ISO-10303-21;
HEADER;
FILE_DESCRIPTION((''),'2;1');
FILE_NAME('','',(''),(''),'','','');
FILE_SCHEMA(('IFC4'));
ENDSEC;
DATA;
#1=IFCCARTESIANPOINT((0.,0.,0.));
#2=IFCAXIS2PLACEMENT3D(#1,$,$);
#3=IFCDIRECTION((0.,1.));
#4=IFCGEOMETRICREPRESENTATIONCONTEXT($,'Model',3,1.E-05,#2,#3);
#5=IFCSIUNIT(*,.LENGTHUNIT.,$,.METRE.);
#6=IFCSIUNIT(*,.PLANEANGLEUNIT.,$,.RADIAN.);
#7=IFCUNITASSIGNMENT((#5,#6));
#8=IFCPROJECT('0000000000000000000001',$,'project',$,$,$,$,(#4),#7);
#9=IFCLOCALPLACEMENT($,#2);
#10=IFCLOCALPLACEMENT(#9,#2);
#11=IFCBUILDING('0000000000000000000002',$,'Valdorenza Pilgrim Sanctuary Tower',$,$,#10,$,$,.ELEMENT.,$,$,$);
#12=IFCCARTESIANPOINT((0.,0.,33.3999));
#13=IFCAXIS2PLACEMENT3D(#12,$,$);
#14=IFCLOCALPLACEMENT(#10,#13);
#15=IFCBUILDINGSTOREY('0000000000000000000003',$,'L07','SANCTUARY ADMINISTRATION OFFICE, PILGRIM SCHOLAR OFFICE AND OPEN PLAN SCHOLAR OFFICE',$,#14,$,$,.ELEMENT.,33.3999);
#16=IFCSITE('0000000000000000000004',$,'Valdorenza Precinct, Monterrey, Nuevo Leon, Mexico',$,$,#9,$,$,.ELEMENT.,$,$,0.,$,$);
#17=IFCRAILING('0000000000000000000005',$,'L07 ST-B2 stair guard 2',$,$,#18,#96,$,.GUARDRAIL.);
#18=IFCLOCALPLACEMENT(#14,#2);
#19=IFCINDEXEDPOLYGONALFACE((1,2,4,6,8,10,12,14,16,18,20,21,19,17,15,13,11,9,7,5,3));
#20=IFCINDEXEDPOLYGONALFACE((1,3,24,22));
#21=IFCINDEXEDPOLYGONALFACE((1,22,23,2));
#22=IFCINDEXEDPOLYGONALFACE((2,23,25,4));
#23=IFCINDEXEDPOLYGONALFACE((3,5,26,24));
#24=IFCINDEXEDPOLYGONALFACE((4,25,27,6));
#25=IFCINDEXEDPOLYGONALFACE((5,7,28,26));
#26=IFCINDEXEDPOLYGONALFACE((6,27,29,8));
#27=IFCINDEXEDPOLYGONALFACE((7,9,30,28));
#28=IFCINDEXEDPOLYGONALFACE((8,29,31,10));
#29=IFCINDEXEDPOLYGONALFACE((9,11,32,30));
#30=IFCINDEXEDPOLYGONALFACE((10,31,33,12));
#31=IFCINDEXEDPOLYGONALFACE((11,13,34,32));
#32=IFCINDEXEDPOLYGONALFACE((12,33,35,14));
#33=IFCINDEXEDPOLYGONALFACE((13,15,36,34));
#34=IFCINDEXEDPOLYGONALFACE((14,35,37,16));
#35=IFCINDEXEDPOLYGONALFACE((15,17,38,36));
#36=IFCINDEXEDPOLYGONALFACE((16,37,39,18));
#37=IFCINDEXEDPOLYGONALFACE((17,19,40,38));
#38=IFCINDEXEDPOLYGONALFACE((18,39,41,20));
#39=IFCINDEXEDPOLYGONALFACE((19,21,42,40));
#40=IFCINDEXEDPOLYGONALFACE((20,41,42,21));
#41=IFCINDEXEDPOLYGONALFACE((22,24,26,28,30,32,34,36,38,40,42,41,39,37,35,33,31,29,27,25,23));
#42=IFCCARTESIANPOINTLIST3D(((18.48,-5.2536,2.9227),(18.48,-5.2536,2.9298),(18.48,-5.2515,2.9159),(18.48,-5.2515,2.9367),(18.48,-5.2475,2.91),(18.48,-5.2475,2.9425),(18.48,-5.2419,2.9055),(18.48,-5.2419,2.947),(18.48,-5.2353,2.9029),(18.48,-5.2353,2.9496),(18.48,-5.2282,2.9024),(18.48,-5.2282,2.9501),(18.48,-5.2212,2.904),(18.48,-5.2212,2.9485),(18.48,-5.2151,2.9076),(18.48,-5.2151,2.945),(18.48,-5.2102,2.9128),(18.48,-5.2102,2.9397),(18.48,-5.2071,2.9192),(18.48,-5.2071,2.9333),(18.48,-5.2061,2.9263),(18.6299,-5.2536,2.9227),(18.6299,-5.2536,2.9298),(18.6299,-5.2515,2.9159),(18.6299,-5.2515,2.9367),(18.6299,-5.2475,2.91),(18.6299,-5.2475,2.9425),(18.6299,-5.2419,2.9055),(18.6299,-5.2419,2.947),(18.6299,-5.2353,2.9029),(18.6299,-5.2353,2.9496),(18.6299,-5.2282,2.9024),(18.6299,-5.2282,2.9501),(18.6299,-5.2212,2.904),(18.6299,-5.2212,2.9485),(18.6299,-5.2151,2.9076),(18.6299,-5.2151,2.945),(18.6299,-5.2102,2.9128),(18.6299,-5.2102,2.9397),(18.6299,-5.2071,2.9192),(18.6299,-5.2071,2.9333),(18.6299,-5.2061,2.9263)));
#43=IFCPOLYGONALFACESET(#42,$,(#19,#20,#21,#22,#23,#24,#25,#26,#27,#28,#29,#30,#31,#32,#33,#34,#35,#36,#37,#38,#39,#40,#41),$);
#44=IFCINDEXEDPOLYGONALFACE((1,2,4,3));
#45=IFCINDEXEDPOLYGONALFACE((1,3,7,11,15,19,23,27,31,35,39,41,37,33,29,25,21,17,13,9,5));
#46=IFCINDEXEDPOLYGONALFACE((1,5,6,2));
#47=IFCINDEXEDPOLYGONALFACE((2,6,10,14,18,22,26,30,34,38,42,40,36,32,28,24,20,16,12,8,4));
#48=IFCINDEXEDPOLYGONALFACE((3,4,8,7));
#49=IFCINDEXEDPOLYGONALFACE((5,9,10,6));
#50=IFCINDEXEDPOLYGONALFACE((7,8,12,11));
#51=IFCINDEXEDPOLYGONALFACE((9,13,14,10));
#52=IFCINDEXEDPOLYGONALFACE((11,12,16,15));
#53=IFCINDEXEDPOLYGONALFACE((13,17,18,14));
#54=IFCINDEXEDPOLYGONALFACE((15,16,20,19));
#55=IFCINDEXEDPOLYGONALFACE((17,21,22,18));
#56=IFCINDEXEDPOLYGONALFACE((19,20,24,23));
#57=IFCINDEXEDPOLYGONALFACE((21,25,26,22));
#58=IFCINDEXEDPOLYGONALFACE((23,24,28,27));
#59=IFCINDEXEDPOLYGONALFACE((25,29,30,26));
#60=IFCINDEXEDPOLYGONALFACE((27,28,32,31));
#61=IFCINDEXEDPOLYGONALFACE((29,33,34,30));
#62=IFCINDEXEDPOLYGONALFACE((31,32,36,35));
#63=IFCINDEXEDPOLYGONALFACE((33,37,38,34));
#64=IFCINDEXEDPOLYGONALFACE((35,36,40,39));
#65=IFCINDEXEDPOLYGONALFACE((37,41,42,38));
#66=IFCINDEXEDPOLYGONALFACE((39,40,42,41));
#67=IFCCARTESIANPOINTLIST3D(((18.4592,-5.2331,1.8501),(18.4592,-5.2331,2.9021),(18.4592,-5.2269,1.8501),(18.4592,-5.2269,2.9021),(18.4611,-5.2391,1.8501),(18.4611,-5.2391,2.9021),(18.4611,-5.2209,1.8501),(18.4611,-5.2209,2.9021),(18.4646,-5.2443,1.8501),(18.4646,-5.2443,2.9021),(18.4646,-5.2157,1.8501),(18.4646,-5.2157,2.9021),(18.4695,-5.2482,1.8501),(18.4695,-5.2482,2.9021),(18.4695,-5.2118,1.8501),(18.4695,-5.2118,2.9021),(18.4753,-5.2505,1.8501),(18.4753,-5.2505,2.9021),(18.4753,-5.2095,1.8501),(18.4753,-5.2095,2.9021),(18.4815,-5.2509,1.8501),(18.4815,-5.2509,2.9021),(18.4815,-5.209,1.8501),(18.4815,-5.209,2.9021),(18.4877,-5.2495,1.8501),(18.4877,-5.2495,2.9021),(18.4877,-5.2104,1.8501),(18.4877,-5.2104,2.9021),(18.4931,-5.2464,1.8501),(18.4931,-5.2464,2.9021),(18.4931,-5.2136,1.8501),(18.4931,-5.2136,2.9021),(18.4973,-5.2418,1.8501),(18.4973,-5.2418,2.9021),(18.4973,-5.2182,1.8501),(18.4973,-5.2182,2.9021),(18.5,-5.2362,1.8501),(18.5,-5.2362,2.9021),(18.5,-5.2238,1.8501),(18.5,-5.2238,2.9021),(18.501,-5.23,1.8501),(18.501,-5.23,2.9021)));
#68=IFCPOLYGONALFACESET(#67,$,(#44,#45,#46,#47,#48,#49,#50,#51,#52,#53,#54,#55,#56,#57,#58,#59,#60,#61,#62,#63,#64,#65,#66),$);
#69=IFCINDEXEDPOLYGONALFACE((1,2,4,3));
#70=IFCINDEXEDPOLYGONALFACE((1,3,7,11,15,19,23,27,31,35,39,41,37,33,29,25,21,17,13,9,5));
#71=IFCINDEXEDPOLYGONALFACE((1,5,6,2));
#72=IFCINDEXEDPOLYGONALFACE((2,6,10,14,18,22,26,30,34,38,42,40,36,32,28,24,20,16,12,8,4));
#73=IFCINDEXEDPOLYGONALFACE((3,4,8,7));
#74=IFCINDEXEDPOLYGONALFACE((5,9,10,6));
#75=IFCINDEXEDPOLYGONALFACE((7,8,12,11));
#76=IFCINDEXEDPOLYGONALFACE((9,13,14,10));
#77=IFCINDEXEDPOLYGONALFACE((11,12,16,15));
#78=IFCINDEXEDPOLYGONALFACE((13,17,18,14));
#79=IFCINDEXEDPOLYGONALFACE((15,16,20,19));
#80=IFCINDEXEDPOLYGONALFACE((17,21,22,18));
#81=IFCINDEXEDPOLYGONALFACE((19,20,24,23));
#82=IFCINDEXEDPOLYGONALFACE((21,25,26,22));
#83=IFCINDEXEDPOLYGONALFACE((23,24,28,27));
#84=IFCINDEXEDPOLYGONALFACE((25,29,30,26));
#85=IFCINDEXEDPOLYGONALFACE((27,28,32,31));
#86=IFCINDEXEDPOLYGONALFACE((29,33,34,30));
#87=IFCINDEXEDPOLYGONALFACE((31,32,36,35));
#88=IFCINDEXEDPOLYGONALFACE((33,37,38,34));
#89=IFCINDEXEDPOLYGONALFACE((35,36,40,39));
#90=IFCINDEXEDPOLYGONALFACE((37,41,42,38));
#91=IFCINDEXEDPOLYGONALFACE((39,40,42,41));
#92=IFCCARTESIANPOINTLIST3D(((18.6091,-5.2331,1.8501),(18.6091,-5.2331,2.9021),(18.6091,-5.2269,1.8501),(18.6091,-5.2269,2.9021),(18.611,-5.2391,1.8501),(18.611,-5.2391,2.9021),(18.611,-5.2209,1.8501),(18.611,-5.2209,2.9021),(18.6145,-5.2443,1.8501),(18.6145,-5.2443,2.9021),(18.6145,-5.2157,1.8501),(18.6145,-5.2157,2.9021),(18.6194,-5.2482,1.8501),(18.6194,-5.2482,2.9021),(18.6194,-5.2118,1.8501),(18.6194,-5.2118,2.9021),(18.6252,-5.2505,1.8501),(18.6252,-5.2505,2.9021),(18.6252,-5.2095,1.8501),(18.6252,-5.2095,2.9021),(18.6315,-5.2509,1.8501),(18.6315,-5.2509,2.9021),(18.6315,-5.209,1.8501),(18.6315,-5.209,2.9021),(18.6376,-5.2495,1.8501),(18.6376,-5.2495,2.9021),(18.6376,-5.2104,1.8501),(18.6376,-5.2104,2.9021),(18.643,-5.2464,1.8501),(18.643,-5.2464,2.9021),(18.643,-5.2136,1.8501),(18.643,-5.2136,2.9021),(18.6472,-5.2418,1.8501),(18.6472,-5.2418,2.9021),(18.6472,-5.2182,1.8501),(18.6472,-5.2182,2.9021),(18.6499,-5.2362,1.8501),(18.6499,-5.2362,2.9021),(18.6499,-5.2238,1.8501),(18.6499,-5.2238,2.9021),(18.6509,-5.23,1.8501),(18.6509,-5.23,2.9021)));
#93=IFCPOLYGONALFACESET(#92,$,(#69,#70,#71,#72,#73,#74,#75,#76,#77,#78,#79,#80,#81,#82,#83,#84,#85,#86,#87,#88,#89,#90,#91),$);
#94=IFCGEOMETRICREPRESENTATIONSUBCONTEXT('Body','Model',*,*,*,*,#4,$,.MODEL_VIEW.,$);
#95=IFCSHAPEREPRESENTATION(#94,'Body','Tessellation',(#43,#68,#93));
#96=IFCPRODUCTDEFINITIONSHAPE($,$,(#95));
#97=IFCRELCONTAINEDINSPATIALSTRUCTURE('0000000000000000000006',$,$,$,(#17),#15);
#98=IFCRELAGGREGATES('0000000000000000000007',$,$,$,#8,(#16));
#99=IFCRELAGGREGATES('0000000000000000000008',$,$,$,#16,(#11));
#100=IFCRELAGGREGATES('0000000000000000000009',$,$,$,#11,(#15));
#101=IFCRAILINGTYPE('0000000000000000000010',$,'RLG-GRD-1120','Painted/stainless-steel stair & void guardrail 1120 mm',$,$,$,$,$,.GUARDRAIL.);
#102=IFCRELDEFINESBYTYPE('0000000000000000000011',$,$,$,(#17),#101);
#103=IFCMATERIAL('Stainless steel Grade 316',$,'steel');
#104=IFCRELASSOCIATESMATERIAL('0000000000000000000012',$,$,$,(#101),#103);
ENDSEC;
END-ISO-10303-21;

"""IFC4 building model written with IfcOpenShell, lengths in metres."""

from ifc_helpers import new_model, si_unit, direction, frame, origin, origin_2d, place, context, subcontext, project, spatial, circle, extrude, material, type_object, element, save


model = new_model("IFC4")

# Units and contexts
model_context = context("Model", 3, precision=1e-05, world=origin(), true_north=direction((0.0, 1.0)))
body_context = subcontext(model_context, "Body", "Model", "MODEL_VIEW")
ifc_project = project(units=[si_unit("LENGTHUNIT", "METRE"), si_unit("PLANEANGLEUNIT", "RADIAN")], contexts=[model_context])

# Site, building, storey
site_placement = place(None, origin())
site = spatial("IfcSite", under=ifc_project, at=site_placement, Name="Valdorenza Precinct, Monterrey, Nuevo Leon, Mexico", CompositionType="ELEMENT", RefElevation=0.0)
building_placement = place(site_placement, origin())
building = spatial("IfcBuilding", under=site, at=building_placement, Name="Valdorenza Pilgrim Sanctuary Tower", CompositionType="ELEMENT")
storey_placement = place(building_placement, frame((0.0, 0.0, 33.3999)))
storey = spatial("IfcBuildingStorey", under=building, at=storey_placement, Name="L07", Description="SANCTUARY ADMINISTRATION OFFICE, PILGRIM SCHOLAR OFFICE AND OPEN PLAN SCHOLAR OFFICE", CompositionType="ELEMENT", Elevation=33.3999)

# Railing
ifc_material_1 = material(Name="Stainless steel Grade 316", Category="steel")
railing_type_1 = type_object("IfcRailingType", Name="RLG-GRD-1120", Description="Painted/stainless-steel stair & void guardrail 1120 mm", PredefinedType="GUARDRAIL", material=ifc_material_1)
railing_1_placement = place(storey_placement, frame((18.48, -5.23, 1.8501)))
element("IfcRailing", 1, at=railing_1_placement, inside=storey, type_object=railing_type_1, Name="L07 ST-B2 stair guard 2", PredefinedType="GUARDRAIL", context=body_context, shape_type="SweptSolid", body=[
    extrude(circle(Radius=0.0239, at=origin_2d()), frame((0.0, 0.0, 1.0762), z_axis=(1.0, 0.0, 0.0), x_axis=(0.0, 1.0, 0.0)), (0.0, 0.0, 1.0), 0.1499),
    extrude(circle(Radius=0.021, at=origin_2d()), origin(), (0.0, 0.0, 1.0), 1.052),
    extrude(circle(Radius=0.021, at=origin_2d()), frame((0.1499, 0.0, 0.0)), (0.0, 0.0, 1.0), 1.052),
])

save(model, "model.ifc")
